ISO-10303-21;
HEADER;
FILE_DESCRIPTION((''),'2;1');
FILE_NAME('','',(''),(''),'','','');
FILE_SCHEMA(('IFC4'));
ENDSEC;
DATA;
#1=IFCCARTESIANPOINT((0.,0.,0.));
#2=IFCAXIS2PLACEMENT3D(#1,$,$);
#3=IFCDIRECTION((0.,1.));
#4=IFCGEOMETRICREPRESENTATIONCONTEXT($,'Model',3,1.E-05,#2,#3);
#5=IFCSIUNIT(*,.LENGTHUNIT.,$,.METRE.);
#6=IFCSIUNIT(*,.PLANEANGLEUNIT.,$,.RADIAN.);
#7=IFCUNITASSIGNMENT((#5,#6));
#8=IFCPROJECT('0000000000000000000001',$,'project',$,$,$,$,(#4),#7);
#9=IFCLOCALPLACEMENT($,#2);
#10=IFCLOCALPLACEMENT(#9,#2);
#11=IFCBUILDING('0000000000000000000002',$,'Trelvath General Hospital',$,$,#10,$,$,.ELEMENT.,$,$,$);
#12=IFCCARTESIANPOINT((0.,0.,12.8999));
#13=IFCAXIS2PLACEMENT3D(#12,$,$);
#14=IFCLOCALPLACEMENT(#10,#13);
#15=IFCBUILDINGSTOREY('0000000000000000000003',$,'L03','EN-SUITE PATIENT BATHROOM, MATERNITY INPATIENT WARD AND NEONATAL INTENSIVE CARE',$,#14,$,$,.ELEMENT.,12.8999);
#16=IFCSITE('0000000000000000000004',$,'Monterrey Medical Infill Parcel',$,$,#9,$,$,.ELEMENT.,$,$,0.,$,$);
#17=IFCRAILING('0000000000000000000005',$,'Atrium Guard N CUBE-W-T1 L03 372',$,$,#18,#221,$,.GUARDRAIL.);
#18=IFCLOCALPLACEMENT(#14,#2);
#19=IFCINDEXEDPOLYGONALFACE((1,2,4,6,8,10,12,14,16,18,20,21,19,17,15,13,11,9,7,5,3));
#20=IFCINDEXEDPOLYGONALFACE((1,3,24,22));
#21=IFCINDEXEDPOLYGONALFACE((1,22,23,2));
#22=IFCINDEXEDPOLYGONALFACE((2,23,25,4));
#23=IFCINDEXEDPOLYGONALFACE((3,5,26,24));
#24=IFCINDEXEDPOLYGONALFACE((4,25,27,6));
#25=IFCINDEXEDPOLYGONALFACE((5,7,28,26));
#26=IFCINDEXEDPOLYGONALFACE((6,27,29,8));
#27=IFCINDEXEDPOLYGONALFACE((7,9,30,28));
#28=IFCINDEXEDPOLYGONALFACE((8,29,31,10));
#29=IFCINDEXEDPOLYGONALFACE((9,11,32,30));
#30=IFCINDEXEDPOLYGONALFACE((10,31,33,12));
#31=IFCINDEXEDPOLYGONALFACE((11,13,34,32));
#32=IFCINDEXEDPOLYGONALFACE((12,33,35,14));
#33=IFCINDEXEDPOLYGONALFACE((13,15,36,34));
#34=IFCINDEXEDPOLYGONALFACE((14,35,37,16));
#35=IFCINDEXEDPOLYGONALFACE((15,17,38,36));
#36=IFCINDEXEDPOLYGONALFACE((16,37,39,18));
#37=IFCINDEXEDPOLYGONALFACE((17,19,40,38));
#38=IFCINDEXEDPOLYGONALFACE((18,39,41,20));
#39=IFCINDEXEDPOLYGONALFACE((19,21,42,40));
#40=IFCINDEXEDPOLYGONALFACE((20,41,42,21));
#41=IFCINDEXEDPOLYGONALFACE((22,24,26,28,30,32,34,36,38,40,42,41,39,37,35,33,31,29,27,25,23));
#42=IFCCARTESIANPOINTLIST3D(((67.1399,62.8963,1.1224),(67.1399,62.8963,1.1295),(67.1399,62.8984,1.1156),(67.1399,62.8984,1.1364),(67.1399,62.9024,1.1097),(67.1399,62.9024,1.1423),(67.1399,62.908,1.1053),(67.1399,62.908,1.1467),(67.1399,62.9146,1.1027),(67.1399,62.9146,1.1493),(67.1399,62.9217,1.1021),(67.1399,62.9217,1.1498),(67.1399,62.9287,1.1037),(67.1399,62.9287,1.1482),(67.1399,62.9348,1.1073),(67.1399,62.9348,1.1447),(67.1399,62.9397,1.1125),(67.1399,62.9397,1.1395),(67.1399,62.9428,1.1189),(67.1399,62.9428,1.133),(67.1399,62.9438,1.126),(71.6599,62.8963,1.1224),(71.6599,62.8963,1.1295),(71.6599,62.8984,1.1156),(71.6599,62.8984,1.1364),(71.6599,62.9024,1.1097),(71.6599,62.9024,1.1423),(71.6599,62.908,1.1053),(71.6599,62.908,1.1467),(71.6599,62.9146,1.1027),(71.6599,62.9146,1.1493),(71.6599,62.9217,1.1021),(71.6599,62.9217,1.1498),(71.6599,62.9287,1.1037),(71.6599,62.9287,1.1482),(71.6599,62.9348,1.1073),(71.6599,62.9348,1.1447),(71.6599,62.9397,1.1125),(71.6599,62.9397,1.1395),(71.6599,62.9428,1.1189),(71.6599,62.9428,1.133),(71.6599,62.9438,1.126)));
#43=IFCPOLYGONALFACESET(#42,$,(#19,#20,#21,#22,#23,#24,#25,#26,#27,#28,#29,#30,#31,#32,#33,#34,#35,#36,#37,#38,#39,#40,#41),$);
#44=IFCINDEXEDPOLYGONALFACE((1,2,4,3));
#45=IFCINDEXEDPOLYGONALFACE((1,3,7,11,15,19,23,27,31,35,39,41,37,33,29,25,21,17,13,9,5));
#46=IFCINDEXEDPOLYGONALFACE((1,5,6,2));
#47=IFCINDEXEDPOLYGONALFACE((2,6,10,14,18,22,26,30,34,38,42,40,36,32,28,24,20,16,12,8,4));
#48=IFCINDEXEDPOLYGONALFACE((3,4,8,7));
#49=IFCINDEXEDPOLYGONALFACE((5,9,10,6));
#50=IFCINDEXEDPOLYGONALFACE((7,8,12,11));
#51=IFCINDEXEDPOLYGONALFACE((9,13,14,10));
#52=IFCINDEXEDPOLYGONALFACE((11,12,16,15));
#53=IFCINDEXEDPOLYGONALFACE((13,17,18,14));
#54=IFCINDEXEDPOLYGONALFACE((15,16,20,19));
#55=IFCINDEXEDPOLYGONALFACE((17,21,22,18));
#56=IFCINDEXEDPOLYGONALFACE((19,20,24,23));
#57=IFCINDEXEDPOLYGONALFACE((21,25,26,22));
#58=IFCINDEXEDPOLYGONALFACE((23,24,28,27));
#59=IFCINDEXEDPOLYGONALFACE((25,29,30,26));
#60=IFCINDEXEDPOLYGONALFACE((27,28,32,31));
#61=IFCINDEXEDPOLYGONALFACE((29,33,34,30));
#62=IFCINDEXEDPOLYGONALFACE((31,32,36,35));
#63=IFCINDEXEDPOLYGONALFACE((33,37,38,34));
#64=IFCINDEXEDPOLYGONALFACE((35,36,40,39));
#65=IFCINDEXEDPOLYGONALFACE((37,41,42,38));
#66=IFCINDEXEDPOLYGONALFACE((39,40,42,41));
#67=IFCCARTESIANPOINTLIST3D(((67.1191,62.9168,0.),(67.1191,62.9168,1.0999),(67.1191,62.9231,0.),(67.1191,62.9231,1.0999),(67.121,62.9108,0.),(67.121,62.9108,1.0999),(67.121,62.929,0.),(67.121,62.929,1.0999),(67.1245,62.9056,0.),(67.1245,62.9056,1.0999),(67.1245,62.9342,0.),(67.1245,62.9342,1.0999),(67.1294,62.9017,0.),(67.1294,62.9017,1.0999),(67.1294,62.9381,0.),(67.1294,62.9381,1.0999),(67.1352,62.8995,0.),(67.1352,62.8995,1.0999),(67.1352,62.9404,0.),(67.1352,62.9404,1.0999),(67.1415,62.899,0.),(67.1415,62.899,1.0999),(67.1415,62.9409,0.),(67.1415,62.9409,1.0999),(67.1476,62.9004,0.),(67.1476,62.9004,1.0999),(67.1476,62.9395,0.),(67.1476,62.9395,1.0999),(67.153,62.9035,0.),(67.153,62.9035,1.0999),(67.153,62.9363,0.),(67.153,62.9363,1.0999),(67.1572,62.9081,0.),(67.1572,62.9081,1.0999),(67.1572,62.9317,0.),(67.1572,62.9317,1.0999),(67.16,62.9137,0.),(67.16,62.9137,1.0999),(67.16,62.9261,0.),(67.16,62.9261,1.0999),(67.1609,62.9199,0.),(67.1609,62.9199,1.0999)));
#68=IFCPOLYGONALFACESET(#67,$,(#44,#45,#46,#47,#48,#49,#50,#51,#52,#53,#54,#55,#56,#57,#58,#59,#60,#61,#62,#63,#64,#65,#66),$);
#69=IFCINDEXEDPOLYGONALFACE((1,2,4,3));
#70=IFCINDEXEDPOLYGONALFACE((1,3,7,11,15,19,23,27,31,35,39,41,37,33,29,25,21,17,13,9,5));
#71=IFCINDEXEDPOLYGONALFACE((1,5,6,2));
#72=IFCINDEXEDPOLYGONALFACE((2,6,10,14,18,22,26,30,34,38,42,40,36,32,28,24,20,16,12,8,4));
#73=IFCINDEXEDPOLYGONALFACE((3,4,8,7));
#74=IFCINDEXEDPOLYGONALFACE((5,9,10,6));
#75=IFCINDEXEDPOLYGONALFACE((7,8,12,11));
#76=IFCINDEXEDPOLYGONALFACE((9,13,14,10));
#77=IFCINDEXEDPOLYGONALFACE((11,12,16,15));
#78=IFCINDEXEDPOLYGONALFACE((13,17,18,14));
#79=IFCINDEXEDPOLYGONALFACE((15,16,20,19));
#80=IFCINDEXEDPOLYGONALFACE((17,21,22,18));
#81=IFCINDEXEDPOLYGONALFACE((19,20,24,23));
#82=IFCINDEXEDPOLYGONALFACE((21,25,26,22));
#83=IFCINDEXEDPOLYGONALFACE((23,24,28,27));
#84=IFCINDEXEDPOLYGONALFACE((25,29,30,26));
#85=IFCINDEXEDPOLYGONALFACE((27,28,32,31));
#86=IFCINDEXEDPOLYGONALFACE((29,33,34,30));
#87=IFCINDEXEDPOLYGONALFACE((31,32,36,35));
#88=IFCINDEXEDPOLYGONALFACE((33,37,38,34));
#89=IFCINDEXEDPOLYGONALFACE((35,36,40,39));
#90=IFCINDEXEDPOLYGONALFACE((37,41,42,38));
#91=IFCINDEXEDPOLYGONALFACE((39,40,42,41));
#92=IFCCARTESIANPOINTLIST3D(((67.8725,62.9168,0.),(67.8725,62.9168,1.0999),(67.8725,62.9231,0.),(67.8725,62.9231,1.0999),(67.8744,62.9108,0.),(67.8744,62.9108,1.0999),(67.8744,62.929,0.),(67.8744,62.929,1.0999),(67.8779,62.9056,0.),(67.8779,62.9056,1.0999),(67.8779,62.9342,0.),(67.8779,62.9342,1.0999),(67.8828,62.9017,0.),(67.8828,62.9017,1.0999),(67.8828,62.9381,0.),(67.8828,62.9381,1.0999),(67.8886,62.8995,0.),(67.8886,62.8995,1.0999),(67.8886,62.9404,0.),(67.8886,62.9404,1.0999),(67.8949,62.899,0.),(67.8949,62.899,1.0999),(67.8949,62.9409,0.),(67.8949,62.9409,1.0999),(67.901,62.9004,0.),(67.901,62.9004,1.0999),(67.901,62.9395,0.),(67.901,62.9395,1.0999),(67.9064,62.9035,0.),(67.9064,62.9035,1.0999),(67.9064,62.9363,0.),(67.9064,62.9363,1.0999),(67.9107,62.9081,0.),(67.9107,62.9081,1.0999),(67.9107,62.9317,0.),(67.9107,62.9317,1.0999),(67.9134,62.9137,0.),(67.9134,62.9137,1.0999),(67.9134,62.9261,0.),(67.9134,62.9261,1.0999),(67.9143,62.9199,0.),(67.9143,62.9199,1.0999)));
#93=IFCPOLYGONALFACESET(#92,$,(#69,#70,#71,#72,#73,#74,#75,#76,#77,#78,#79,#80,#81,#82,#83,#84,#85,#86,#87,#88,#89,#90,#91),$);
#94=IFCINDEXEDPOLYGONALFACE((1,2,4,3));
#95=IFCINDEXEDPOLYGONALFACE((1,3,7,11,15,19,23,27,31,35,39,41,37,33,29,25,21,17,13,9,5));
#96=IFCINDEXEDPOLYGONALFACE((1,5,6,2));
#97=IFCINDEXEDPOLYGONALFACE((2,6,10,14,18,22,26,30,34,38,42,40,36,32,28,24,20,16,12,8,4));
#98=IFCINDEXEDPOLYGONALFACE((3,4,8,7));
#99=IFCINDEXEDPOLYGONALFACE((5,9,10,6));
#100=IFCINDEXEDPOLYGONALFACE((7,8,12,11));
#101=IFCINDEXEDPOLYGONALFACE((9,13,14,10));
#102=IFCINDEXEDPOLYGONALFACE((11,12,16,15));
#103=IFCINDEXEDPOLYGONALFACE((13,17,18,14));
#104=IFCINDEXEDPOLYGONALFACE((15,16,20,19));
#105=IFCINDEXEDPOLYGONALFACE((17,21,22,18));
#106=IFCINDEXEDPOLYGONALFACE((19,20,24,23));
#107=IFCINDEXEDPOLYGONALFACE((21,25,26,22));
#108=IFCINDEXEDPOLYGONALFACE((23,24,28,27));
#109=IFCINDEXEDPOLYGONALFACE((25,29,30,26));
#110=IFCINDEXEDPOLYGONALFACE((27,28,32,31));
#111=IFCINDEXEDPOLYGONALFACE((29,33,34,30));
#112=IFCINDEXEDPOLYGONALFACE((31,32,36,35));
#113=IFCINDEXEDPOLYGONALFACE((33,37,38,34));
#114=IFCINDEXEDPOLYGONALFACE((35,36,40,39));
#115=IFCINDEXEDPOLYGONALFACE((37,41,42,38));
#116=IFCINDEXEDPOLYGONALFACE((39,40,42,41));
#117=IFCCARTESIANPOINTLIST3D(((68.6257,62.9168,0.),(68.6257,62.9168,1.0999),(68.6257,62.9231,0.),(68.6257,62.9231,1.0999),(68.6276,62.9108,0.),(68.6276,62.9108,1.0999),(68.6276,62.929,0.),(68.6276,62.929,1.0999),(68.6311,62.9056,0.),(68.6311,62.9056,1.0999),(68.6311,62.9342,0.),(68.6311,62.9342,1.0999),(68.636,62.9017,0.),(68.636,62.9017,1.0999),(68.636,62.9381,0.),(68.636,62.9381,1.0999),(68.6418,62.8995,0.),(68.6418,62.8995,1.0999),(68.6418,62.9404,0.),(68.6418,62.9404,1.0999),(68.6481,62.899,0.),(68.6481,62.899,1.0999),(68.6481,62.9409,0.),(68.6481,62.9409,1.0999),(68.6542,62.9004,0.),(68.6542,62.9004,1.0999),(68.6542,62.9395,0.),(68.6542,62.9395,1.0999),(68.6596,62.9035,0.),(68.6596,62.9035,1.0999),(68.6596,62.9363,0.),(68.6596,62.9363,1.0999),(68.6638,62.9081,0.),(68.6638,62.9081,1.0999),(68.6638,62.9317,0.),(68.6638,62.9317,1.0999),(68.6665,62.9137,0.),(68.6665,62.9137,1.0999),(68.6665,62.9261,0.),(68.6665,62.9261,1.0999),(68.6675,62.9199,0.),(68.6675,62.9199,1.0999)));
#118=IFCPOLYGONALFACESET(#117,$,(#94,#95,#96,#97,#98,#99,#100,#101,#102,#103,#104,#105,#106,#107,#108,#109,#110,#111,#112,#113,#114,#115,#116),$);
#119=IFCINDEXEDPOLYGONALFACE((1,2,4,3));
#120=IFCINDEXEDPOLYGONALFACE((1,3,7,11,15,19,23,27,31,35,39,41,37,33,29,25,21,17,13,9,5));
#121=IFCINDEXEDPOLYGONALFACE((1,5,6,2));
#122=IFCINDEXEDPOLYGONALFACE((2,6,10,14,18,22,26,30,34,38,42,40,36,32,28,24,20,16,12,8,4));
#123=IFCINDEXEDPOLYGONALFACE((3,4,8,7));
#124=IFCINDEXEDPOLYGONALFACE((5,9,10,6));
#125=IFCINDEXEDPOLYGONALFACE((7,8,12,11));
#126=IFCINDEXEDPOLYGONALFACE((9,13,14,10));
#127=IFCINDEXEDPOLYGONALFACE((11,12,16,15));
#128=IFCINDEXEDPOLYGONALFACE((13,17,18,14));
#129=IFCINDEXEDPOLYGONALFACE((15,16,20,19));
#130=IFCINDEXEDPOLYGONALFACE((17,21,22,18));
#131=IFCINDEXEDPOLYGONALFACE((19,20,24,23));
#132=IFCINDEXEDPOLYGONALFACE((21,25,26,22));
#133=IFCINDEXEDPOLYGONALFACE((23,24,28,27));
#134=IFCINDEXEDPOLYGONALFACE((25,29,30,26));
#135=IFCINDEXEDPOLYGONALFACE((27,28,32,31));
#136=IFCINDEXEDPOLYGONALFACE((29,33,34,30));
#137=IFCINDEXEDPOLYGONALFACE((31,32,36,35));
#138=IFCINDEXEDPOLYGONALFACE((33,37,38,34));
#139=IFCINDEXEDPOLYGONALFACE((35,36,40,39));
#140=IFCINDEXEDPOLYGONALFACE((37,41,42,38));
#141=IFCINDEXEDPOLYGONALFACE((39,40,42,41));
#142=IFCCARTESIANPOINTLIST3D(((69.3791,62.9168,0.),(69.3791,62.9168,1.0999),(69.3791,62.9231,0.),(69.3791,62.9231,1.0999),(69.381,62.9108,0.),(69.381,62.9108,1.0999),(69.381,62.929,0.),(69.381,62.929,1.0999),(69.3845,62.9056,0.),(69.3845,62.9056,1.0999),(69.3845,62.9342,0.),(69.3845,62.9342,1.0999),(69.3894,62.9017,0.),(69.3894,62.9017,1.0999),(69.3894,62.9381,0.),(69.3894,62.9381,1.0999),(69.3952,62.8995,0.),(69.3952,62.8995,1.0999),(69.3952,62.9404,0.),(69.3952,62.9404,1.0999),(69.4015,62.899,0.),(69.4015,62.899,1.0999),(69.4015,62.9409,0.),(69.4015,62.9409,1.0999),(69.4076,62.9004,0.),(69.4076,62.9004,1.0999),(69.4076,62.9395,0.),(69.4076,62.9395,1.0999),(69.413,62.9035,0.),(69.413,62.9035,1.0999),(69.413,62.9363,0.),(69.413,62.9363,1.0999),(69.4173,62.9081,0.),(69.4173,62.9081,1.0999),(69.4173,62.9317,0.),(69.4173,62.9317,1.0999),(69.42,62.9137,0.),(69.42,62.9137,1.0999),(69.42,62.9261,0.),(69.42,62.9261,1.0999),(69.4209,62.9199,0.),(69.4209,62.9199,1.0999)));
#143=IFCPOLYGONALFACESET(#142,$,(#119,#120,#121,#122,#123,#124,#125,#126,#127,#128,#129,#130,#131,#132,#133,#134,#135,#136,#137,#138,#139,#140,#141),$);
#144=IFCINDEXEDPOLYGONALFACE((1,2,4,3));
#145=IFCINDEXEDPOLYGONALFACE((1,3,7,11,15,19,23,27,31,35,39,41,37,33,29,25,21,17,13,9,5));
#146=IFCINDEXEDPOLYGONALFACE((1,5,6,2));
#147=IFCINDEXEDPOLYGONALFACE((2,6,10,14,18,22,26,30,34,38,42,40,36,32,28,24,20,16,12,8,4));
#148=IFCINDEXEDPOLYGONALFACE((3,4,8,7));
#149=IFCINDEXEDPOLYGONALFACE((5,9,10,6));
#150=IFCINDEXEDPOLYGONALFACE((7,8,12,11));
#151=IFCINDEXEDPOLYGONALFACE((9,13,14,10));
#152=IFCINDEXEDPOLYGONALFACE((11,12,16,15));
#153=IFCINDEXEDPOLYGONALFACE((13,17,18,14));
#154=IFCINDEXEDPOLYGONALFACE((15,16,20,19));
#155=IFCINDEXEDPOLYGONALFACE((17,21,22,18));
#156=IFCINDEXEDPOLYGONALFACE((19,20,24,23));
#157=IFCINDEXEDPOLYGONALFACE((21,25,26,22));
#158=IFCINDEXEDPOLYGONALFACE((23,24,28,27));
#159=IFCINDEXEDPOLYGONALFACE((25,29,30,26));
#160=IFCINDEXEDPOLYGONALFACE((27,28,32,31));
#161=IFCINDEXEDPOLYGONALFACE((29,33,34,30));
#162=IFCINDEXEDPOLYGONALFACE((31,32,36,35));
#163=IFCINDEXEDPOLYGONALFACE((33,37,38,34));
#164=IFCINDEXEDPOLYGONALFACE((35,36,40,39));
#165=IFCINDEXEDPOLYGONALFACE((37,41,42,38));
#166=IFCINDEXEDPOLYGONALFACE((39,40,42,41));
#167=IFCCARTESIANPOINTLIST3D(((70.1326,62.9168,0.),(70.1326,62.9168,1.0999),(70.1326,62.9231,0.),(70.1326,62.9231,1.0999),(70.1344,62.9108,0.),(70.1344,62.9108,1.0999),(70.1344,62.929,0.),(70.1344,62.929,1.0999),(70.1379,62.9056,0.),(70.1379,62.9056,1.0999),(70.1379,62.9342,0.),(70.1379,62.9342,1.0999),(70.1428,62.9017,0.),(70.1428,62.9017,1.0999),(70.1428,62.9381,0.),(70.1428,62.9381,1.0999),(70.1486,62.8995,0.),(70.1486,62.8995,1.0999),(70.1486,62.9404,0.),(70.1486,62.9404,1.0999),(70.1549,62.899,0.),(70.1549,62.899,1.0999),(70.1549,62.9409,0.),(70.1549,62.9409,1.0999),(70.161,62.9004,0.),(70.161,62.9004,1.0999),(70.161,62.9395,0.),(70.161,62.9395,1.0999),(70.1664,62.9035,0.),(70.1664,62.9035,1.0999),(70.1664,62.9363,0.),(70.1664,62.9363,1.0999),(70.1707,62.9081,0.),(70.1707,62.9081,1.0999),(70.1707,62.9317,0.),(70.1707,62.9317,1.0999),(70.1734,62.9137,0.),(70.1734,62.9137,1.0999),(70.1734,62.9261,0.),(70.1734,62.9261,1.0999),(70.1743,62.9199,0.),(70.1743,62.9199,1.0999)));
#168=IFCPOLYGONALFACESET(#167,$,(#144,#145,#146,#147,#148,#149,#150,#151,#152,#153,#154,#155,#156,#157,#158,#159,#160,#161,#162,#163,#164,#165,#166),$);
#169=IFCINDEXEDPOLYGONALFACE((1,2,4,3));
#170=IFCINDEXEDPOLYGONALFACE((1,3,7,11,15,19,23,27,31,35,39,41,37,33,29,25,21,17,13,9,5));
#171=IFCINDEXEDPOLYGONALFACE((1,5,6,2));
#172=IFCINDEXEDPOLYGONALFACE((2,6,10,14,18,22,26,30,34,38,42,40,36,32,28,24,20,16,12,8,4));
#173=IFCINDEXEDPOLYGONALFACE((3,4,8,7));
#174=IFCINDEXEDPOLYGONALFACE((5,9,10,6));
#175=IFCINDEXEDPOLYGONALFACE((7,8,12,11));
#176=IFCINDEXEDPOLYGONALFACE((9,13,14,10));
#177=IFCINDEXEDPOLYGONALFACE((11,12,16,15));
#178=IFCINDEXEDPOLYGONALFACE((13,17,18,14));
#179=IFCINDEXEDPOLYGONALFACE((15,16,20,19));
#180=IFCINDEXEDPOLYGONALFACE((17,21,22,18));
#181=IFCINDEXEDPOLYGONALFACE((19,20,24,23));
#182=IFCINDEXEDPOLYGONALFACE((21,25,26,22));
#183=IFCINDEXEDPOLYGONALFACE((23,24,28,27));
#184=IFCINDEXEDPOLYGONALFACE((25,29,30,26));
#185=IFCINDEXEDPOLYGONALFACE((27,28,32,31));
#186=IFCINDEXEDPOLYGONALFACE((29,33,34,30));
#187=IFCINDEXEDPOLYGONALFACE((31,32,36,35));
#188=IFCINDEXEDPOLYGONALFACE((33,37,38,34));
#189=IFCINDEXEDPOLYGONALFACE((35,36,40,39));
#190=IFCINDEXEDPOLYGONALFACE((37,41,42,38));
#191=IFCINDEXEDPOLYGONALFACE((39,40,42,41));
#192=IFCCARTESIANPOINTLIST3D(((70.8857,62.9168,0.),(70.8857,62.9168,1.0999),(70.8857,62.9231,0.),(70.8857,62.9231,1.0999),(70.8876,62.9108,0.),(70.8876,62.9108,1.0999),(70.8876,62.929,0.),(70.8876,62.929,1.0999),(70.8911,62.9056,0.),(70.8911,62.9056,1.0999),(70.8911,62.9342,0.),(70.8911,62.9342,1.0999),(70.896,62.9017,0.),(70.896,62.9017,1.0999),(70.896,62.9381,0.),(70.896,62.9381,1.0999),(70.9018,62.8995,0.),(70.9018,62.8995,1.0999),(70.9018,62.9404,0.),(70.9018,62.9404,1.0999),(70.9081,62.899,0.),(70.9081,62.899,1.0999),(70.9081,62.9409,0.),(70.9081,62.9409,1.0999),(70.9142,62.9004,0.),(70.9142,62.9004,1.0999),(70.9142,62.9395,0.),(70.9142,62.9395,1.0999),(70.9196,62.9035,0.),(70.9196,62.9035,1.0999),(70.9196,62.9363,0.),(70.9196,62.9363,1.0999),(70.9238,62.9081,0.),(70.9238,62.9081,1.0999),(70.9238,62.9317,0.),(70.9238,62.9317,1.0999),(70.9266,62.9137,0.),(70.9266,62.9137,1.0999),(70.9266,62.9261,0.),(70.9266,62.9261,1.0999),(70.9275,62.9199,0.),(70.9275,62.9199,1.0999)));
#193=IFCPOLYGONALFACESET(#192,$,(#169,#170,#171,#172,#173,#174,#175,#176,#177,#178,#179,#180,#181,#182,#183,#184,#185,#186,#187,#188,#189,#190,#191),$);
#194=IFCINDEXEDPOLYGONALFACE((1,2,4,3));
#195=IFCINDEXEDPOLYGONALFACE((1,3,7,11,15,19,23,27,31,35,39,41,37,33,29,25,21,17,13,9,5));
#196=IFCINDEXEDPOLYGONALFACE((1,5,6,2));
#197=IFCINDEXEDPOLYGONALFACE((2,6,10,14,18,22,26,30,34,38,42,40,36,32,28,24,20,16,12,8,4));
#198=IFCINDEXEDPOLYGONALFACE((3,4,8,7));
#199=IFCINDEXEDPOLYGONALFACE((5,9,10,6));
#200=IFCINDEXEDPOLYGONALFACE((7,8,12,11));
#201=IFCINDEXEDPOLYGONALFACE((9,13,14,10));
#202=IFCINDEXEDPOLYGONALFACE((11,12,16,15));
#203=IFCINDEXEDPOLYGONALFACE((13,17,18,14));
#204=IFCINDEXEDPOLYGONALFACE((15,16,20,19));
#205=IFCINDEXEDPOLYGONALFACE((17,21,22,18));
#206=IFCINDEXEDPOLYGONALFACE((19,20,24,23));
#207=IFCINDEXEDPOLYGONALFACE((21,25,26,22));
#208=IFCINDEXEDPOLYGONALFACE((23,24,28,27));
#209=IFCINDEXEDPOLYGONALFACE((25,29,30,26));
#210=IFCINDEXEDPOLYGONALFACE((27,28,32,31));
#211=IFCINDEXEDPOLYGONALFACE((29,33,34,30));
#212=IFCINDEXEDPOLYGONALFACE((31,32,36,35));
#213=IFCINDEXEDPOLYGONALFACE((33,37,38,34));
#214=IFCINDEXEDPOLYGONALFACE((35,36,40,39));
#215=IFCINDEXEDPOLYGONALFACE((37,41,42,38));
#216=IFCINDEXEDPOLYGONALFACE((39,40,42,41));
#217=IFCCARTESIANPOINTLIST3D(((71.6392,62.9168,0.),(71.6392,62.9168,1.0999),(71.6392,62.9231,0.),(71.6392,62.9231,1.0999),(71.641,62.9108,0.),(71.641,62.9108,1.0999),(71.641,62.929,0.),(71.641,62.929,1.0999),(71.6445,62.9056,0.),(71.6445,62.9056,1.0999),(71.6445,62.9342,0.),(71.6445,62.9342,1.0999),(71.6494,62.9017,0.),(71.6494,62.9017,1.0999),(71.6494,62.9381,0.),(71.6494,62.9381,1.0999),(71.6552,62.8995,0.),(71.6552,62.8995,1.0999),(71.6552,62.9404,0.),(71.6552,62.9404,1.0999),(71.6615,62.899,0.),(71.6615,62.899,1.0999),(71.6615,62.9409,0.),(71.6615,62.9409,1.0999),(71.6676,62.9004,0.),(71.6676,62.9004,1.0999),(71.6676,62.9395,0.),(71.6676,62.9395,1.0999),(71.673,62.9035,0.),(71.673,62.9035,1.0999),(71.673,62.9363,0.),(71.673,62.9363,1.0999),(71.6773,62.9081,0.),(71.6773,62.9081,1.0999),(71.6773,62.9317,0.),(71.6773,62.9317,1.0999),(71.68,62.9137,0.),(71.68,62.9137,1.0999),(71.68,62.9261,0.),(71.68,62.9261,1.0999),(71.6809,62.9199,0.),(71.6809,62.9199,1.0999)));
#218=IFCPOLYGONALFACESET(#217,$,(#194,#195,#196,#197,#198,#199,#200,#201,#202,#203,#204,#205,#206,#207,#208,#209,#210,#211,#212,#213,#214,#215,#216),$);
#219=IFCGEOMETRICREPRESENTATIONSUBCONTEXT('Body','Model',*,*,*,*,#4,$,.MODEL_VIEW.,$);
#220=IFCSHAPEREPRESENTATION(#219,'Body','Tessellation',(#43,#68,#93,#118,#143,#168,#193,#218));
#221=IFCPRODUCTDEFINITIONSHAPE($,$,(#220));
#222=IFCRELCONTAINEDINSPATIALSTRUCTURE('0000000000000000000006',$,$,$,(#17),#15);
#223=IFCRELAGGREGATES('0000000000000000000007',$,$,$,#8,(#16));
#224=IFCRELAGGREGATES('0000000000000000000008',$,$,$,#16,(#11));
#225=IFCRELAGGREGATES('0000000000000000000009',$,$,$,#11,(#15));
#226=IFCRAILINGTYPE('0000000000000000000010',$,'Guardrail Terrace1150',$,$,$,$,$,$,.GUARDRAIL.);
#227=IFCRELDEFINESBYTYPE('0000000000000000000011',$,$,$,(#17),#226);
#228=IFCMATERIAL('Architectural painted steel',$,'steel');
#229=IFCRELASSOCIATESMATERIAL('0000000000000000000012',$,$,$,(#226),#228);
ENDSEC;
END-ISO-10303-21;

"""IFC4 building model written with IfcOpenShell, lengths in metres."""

from ifc_helpers import new_model, si_unit, direction, frame, origin, origin_2d, place, context, subcontext, project, spatial, circle, extrude, material, type_object, element, save


model = new_model("IFC4")

# Units and contexts
model_context = context("Model", 3, precision=1e-05, world=origin(), true_north=direction((0.0, 1.0)))
body_context = subcontext(model_context, "Body", "Model", "MODEL_VIEW")
ifc_project = project(units=[si_unit("LENGTHUNIT", "METRE"), si_unit("PLANEANGLEUNIT", "RADIAN")], contexts=[model_context])

# Site, building, storey
site_placement = place(None, origin())
site = spatial("IfcSite", under=ifc_project, at=site_placement, Name="Monterrey Medical Infill Parcel", CompositionType="ELEMENT", RefElevation=0.0)
building_placement = place(site_placement, origin())
building = spatial("IfcBuilding", under=site, at=building_placement, Name="Trelvath General Hospital", CompositionType="ELEMENT")
storey_placement = place(building_placement, frame((0.0, 0.0, 12.8999)))
storey = spatial("IfcBuildingStorey", under=building, at=storey_placement, Name="L03", Description="EN-SUITE PATIENT BATHROOM, MATERNITY INPATIENT WARD AND NEONATAL INTENSIVE CARE", CompositionType="ELEMENT", Elevation=12.8999)

# Railing
ifc_material_1 = material(Name="Architectural painted steel", Category="steel")
railing_type = type_object("IfcRailingType", Name="Guardrail Terrace1150", PredefinedType="GUARDRAIL", material=ifc_material_1)
railing_1_placement = place(storey_placement, frame((67.1399, 62.9199, 0.0)))
element("IfcRailing", 1, at=railing_1_placement, inside=storey, type_object=railing_type, Name="Atrium Guard N CUBE-W-T1 L03 372", PredefinedType="GUARDRAIL", context=body_context, shape_type="SweptSolid", body=[
    extrude(circle(Radius=0.0239, at=origin_2d()), frame((0.0, 0.0, 1.126), z_axis=(1.0, 0.0, 0.0), x_axis=(0.0, 1.0, 0.0)), (0.0, 0.0, 1.0), 4.52),
    extrude(circle(Radius=0.021, at=origin_2d()), origin(), (0.0, 0.0, 1.0), 1.0999),
    extrude(circle(Radius=0.021, at=origin_2d()), frame((0.7534, 0.0, 0.0)), (0.0, 0.0, 1.0), 1.0999),
    extrude(circle(Radius=0.021, at=origin_2d()), frame((1.5066, 0.0, 0.0)), (0.0, 0.0, 1.0), 1.0999),
    extrude(circle(Radius=0.021, at=origin_2d()), frame((2.26, 0.0, 0.0)), (0.0, 0.0, 1.0), 1.0999),
    extrude(circle(Radius=0.021, at=origin_2d()), frame((3.0134, 0.0, 0.0)), (0.0, 0.0, 1.0), 1.0999),
    extrude(circle(Radius=0.021, at=origin_2d()), frame((3.7666, 0.0, 0.0)), (0.0, 0.0, 1.0), 1.0999),
    extrude(circle(Radius=0.021, at=origin_2d()), frame((4.52, 0.0, 0.0)), (0.0, 0.0, 1.0), 1.0999),
])

save(model, "model.ifc")
